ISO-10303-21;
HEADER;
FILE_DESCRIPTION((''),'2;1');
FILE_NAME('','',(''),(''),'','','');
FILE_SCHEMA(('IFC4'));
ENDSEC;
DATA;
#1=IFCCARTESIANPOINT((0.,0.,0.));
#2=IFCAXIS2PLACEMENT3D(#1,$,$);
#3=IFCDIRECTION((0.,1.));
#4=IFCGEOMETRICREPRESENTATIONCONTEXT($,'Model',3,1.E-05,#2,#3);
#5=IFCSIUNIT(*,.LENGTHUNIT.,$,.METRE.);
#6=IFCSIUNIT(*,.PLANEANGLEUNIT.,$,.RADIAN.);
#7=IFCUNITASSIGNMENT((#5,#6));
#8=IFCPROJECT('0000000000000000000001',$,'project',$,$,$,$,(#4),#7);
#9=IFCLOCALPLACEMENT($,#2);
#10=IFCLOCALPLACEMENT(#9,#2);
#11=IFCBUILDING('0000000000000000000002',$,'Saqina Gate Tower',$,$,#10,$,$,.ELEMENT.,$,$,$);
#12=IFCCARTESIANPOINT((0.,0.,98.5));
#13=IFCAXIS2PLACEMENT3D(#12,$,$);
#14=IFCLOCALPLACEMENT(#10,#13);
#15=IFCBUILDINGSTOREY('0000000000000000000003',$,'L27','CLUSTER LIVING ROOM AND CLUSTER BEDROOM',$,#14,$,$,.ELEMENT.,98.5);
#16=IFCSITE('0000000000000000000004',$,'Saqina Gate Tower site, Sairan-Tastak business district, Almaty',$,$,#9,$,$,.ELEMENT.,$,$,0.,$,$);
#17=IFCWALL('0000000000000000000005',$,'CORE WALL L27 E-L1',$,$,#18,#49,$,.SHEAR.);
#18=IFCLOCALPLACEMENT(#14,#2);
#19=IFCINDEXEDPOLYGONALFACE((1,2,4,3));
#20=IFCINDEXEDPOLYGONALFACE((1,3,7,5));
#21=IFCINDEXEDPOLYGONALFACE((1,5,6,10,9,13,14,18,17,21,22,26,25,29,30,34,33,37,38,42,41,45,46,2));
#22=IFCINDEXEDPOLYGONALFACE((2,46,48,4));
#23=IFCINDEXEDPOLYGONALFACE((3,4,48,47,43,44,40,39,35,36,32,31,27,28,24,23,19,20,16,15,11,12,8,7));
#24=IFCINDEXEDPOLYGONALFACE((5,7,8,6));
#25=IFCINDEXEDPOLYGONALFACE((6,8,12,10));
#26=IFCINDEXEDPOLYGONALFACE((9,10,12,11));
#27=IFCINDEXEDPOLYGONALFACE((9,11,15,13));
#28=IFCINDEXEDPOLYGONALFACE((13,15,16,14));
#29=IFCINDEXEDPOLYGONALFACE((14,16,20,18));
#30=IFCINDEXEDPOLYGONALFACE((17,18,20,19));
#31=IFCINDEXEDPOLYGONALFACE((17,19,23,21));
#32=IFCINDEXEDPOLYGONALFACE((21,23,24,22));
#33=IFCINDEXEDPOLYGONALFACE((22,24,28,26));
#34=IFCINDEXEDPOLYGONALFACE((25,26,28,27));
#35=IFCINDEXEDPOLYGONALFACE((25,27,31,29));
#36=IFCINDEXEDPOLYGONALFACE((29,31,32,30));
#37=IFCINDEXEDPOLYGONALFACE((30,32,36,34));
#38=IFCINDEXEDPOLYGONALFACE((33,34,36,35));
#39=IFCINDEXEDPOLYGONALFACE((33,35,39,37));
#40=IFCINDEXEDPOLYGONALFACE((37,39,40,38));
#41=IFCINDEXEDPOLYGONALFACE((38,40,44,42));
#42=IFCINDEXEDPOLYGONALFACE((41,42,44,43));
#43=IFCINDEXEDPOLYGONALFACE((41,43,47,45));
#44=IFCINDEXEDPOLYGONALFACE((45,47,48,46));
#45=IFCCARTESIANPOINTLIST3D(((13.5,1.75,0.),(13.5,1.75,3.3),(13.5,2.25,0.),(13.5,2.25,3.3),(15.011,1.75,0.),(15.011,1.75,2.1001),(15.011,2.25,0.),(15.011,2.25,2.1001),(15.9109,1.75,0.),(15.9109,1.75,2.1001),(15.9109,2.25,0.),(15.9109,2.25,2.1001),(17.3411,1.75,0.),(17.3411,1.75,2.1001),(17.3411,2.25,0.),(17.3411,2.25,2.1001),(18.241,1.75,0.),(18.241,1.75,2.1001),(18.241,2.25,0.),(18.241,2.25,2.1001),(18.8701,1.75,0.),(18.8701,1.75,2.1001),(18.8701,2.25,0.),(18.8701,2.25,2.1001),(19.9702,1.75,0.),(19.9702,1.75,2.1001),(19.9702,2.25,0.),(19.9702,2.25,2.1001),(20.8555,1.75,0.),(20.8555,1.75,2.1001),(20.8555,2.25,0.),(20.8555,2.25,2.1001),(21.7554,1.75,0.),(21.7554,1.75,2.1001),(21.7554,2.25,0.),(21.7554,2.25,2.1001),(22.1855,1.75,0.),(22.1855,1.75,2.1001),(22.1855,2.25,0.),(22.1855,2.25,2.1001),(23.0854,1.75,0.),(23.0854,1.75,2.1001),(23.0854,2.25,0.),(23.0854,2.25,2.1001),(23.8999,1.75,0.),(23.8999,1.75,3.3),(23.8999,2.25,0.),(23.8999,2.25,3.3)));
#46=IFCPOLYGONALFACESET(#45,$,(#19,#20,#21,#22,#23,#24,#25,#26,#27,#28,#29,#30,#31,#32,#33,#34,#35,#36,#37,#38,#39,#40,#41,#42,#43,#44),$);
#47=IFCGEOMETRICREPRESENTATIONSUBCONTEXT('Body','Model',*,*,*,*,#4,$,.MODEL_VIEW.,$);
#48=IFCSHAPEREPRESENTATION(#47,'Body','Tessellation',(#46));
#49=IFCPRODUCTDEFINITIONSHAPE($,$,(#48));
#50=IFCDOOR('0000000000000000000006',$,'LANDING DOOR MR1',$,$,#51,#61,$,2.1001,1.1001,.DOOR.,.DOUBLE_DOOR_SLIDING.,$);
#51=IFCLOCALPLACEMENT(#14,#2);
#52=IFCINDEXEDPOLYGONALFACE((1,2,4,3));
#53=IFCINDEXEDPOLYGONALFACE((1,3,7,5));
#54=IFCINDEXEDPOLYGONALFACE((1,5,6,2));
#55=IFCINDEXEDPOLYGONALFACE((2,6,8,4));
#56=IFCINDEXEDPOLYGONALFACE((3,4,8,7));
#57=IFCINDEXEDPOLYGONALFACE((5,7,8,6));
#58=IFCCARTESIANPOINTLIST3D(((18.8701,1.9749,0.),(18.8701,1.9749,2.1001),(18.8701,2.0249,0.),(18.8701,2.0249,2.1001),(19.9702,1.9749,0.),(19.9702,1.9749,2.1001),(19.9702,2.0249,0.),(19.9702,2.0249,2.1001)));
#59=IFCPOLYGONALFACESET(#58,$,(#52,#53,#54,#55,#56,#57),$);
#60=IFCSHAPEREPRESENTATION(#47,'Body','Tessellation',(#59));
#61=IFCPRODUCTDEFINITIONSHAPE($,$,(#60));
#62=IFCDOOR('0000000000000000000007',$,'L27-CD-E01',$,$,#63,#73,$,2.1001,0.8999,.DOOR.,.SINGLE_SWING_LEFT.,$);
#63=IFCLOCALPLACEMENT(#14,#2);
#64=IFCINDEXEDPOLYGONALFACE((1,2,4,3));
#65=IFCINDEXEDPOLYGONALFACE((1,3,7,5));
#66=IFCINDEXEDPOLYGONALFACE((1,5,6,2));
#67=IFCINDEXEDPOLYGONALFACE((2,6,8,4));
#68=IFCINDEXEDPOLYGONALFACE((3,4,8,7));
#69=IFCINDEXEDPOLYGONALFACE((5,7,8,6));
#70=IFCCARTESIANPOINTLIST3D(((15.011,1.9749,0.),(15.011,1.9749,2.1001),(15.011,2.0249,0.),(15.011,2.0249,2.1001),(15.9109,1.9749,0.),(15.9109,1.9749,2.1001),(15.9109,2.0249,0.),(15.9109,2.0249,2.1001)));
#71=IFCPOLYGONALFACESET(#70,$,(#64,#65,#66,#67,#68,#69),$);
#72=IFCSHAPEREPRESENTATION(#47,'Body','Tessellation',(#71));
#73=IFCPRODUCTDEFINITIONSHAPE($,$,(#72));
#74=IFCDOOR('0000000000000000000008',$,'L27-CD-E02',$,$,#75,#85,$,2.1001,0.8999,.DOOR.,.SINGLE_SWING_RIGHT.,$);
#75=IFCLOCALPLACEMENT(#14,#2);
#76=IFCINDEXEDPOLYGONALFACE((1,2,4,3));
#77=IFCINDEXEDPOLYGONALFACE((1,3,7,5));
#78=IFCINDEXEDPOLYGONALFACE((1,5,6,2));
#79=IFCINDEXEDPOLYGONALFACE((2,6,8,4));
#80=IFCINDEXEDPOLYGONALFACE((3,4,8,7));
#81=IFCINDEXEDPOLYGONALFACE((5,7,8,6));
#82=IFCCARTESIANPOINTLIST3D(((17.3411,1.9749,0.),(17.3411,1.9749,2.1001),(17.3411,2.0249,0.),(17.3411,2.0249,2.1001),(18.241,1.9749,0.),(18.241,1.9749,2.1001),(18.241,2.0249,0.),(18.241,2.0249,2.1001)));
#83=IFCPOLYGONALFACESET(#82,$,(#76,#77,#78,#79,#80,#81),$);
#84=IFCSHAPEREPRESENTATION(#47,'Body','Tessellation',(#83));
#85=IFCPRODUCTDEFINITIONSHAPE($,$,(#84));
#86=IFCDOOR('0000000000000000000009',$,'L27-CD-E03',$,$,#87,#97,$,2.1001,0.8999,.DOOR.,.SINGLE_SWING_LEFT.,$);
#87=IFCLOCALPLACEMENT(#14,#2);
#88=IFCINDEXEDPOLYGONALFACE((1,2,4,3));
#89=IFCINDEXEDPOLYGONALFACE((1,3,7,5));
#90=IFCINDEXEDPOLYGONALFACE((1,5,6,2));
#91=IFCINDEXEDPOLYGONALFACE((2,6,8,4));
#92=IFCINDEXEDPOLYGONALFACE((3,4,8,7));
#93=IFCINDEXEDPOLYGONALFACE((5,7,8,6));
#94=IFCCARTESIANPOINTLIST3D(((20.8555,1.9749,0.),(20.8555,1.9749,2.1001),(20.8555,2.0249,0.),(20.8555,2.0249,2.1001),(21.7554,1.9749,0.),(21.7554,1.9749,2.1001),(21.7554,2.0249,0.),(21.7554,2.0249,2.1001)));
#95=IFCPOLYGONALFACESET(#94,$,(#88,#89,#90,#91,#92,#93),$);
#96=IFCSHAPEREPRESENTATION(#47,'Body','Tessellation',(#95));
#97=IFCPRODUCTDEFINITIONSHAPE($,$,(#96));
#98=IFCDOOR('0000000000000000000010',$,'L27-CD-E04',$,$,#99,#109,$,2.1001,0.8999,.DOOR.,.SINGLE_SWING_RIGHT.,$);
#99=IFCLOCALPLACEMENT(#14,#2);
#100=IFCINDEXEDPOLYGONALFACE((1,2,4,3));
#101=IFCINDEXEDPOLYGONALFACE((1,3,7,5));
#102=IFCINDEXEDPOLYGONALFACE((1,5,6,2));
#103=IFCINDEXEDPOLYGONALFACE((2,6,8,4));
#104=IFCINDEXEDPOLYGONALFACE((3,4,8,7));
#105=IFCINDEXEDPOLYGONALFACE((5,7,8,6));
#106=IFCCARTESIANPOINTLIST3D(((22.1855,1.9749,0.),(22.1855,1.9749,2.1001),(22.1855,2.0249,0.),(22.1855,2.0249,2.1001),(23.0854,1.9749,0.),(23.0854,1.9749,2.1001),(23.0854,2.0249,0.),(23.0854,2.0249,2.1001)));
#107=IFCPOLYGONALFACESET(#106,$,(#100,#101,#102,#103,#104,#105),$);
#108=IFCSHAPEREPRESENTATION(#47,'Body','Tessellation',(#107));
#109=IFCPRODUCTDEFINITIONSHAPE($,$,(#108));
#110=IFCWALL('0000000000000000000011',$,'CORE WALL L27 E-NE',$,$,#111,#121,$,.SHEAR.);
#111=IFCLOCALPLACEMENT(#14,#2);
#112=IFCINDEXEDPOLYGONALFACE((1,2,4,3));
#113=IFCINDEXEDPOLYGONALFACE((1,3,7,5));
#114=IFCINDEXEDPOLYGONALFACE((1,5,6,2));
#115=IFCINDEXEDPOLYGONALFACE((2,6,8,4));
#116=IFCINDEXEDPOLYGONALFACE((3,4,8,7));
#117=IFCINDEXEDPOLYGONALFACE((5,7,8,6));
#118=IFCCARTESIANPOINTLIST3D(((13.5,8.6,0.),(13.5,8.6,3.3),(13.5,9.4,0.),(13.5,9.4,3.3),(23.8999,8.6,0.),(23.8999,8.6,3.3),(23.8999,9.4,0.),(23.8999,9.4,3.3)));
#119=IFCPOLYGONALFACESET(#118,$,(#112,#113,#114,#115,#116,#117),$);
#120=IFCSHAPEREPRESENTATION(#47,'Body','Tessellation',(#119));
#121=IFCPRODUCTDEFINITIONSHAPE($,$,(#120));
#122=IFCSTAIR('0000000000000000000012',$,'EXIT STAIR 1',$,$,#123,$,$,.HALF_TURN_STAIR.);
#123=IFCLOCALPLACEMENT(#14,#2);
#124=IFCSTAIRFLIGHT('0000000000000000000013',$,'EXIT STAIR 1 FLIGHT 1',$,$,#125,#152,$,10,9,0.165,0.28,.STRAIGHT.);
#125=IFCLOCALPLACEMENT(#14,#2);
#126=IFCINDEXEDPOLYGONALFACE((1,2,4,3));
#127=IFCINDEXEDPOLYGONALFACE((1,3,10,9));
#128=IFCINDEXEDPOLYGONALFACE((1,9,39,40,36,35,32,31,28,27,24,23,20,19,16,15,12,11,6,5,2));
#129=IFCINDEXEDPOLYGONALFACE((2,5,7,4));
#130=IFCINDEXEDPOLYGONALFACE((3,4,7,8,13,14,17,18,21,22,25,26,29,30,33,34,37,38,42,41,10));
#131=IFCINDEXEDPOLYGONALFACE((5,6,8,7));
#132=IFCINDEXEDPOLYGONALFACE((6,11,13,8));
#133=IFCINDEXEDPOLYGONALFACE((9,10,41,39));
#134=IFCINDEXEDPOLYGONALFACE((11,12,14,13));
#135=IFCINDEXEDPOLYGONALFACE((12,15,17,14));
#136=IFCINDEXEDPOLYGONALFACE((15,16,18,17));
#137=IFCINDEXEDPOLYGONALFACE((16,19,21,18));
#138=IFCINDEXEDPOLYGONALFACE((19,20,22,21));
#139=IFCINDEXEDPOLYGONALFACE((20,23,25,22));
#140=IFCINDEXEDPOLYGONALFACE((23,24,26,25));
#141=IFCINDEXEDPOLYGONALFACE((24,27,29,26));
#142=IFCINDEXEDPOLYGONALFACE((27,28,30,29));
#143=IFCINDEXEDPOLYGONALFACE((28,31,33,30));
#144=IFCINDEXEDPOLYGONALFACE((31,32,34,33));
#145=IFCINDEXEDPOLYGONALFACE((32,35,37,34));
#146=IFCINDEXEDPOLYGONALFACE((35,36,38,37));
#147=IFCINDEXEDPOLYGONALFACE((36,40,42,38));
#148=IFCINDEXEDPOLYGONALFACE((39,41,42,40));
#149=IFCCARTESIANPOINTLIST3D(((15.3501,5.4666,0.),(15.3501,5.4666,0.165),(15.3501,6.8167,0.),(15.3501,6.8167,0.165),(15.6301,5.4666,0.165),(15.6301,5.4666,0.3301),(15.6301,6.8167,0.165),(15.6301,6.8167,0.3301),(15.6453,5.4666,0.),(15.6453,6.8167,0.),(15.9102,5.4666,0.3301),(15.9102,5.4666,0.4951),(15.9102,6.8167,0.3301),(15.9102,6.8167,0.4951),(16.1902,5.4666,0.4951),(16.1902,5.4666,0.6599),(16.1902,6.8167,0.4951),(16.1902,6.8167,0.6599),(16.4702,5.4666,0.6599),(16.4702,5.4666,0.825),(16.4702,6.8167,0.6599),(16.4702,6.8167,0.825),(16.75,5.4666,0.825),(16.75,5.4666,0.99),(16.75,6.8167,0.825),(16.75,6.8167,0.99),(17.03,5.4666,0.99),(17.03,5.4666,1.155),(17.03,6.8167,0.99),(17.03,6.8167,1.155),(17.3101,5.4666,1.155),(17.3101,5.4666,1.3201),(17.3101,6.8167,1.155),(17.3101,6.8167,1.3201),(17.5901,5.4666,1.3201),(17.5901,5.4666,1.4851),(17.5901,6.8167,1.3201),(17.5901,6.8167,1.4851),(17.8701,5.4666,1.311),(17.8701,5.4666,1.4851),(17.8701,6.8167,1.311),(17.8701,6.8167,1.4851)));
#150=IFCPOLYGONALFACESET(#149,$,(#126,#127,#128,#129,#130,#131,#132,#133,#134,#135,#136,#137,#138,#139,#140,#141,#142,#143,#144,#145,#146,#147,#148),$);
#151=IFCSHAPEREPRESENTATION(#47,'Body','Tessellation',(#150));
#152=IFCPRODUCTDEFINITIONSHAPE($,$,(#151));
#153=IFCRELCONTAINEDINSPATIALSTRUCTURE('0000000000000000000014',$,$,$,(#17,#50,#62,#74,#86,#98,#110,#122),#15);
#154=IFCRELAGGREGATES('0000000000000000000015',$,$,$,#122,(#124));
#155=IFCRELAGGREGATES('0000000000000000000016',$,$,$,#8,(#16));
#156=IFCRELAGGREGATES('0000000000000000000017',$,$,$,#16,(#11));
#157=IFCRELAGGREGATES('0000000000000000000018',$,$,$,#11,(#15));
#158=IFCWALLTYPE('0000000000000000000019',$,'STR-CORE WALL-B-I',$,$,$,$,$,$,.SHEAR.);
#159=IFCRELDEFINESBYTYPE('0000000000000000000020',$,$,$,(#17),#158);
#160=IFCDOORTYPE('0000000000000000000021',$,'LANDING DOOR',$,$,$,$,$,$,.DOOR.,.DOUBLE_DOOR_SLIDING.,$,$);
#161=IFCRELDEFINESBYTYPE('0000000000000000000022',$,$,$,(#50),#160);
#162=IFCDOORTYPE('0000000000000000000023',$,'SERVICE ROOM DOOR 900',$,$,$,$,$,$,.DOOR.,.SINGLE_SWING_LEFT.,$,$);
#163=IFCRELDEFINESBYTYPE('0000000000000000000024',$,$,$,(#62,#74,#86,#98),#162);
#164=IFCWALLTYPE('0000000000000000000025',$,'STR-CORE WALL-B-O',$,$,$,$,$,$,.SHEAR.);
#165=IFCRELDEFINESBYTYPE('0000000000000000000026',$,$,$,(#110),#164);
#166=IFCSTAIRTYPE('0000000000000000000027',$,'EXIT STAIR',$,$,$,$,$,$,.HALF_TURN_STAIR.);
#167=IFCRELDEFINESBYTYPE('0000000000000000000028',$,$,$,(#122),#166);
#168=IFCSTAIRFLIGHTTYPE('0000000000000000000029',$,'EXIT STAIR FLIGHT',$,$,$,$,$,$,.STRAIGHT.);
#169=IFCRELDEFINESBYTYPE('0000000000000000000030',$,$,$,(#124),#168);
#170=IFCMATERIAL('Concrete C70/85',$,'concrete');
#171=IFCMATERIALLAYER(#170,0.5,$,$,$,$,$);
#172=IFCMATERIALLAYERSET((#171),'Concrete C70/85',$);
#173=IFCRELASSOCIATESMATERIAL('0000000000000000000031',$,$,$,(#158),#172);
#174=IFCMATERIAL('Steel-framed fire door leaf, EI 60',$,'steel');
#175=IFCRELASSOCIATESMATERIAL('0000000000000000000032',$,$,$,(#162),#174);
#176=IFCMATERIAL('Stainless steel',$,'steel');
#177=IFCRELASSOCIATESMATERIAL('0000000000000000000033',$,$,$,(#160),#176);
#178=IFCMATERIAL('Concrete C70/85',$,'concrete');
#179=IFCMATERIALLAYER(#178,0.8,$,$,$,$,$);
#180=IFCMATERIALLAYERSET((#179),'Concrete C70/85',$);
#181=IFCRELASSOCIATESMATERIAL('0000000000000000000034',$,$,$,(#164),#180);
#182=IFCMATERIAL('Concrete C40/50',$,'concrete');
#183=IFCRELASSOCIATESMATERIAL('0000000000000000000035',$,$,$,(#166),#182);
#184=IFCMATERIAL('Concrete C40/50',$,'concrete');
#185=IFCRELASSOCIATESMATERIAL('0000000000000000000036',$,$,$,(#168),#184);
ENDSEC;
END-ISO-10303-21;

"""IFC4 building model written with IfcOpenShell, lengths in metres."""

from ifc_helpers import new_model, si_unit, direction, frame, frame_2d, origin, place, context, subcontext, project, spatial, polyline, rectangle, outline, extrude, material, layer, layer_set, type_object, element, fill, aggregate, save


model = new_model("IFC4")

# Units and contexts
model_context = context("Model", 3, precision=1e-05, world=origin(), true_north=direction((0.0, 1.0)))
body_context = subcontext(model_context, "Body", "Model", "MODEL_VIEW")
ifc_project = project(units=[si_unit("LENGTHUNIT", "METRE"), si_unit("PLANEANGLEUNIT", "RADIAN")], contexts=[model_context])

# Site, building, storey
site_placement = place(None, origin())
site = spatial("IfcSite", under=ifc_project, at=site_placement, Name="Saqina Gate Tower site, Sairan-Tastak business district, Almaty", CompositionType="ELEMENT", RefElevation=0.0)
building_placement = place(site_placement, origin())
building = spatial("IfcBuilding", under=site, at=building_placement, Name="Saqina Gate Tower", CompositionType="ELEMENT")
storey_placement = place(building_placement, frame((0.0, 0.0, 98.5)))
storey = spatial("IfcBuildingStorey", under=building, at=storey_placement, Name="L27", Description="CLUSTER LIVING ROOM AND CLUSTER BEDROOM", CompositionType="ELEMENT", Elevation=98.5)

# Shared definitions
ifc_material_1 = material(Name="Concrete C70/85", Category="concrete")
ifc_layer_1 = layer(ifc_material_1, 0.5)
ifc_layer_set_1 = layer_set([ifc_layer_1], Name="Concrete C70/85")
wall_type_1 = type_object("IfcWallType", Name="STR-CORE WALL-B-I", PredefinedType="SHEAR", material=ifc_layer_set_1)
ifc_material_2 = material(Name="Steel-framed fire door leaf, EI 60", Category="steel")
door_type_1 = type_object("IfcDoorType", Name="SERVICE ROOM DOOR 900", OperationType="SINGLE_SWING_LEFT", PredefinedType="DOOR", material=ifc_material_2)

# Wall, openings, doors
wall_1_placement = place(storey_placement, frame((13.5, 2.0, 0.0), z_axis=(0.0, 0.0, 1.0), x_axis=(1.0, 0.0, 0.0)))
wall_1 = element("IfcWall", 1, at=wall_1_placement, inside=storey, type_object=wall_type_1, Name="CORE WALL L27 E-L1", PredefinedType="SHEAR", context=body_context, shape_type="SweptSolid", body=[
    extrude(rectangle(XDim=10.3999, YDim=0.5, at=frame_2d((5.2, 0.0))), origin(), (0.0, 0.0, 1.0), 3.3),
])
opening_1_placement = place(wall_1_placement, frame((5.3701, 0.0, 0.0)))
opening_1 = element("IfcOpeningElement", 2, at=opening_1_placement, cuts=wall_1, PredefinedType="OPENING", context=body_context, shape_type="SweptSolid", body=[
    extrude(rectangle(XDim=1.1001, YDim=2.1001, at=frame_2d((0.55, 1.05))), frame((0.0, 0.262, 0.0), z_axis=(0.0, -1.0, 0.0), x_axis=(1.0, 0.0, 0.0)), (0.0, 0.0, 1.0), 0.5239),
])
opening_2_placement = place(wall_1_placement, frame((1.511, 0.0, 0.0)))
opening_2 = element("IfcOpeningElement", 3, at=opening_2_placement, cuts=wall_1, PredefinedType="OPENING", context=body_context, shape_type="SweptSolid", body=[
    extrude(rectangle(XDim=0.8999, YDim=2.1001, at=frame_2d((0.45, 1.05))), frame((0.0, 0.262, 0.0), z_axis=(0.0, -1.0, 0.0), x_axis=(1.0, 0.0, 0.0)), (0.0, 0.0, 1.0), 0.5239),
])
opening_3_placement = place(wall_1_placement, frame((3.8411, 0.0, 0.0)))
opening_3 = element("IfcOpeningElement", 4, at=opening_3_placement, cuts=wall_1, PredefinedType="OPENING", context=body_context, shape_type="SweptSolid", body=[
    extrude(rectangle(XDim=0.8999, YDim=2.1001, at=frame_2d((0.45, 1.05))), frame((0.0, 0.262, 0.0), z_axis=(0.0, -1.0, 0.0), x_axis=(1.0, 0.0, 0.0)), (0.0, 0.0, 1.0), 0.5239),
])
opening_4_placement = place(wall_1_placement, frame((7.3555, 0.0, 0.0)))
opening_4 = element("IfcOpeningElement", 5, at=opening_4_placement, cuts=wall_1, PredefinedType="OPENING", context=body_context, shape_type="SweptSolid", body=[
    extrude(rectangle(XDim=0.8999, YDim=2.1001, at=frame_2d((0.45, 1.05))), frame((0.0, 0.262, 0.0), z_axis=(0.0, -1.0, 0.0), x_axis=(1.0, 0.0, 0.0)), (0.0, 0.0, 1.0), 0.5239),
])
opening_5_placement = place(wall_1_placement, frame((8.6855, 0.0, 0.0)))
opening_5 = element("IfcOpeningElement", 6, at=opening_5_placement, cuts=wall_1, PredefinedType="OPENING", context=body_context, shape_type="SweptSolid", body=[
    extrude(rectangle(XDim=0.8999, YDim=2.1001, at=frame_2d((0.45, 1.05))), frame((0.0, 0.262, 0.0), z_axis=(0.0, -1.0, 0.0), x_axis=(1.0, 0.0, 0.0)), (0.0, 0.0, 1.0), 0.5239),
])
ifc_material_3 = material(Name="Stainless steel", Category="steel")
door_type_2 = type_object("IfcDoorType", Name="LANDING DOOR", OperationType="DOUBLE_DOOR_SLIDING", PredefinedType="DOOR", material=ifc_material_3)
door_1_placement = place(opening_1_placement, origin())
door_1 = element("IfcDoor", 7, at=door_1_placement, inside=storey, type_object=door_type_2, Name="LANDING DOOR MR1", OperationType="DOUBLE_DOOR_SLIDING", OverallHeight=2.1001, OverallWidth=1.1001, PredefinedType="DOOR", context=body_context, shape_type="SweptSolid", body=[
    extrude(rectangle(XDim=1.1001, YDim=2.1001, at=frame_2d((0.55, 1.05))), frame((0.0, 0.0249, 0.0), z_axis=(0.0, -1.0, 0.0), x_axis=(1.0, 0.0, 0.0)), (0.0, 0.0, 1.0), 0.05),
])
fill(opening_1, door_1)
door_2_placement = place(opening_2_placement, origin())
door_2 = element("IfcDoor", 8, at=door_2_placement, inside=storey, type_object=door_type_1, Name="L27-CD-E01", OperationType="SINGLE_SWING_LEFT", OverallHeight=2.1001, OverallWidth=0.8999, PredefinedType="DOOR", context=body_context, shape_type="SweptSolid", body=[
    extrude(rectangle(XDim=0.8999, YDim=2.1001, at=frame_2d((0.45, 1.05))), frame((0.0, 0.0249, 0.0), z_axis=(0.0, -1.0, 0.0), x_axis=(1.0, 0.0, 0.0)), (0.0, 0.0, 1.0), 0.05),
])
fill(opening_2, door_2)
door_3_placement = place(opening_3_placement, origin())
door_3 = element("IfcDoor", 9, at=door_3_placement, inside=storey, type_object=door_type_1, Name="L27-CD-E02", OperationType="SINGLE_SWING_RIGHT", OverallHeight=2.1001, OverallWidth=0.8999, PredefinedType="DOOR", context=body_context, shape_type="SweptSolid", body=[
    extrude(rectangle(XDim=0.8999, YDim=2.1001, at=frame_2d((0.45, 1.05))), frame((0.0, 0.0249, 0.0), z_axis=(0.0, -1.0, 0.0), x_axis=(1.0, 0.0, 0.0)), (0.0, 0.0, 1.0), 0.05),
])
fill(opening_3, door_3)
door_4_placement = place(opening_4_placement, origin())
door_4 = element("IfcDoor", 10, at=door_4_placement, inside=storey, type_object=door_type_1, Name="L27-CD-E03", OperationType="SINGLE_SWING_LEFT", OverallHeight=2.1001, OverallWidth=0.8999, PredefinedType="DOOR", context=body_context, shape_type="SweptSolid", body=[
    extrude(rectangle(XDim=0.8999, YDim=2.1001, at=frame_2d((0.45, 1.05))), frame((0.0, 0.0249, 0.0), z_axis=(0.0, -1.0, 0.0), x_axis=(1.0, 0.0, 0.0)), (0.0, 0.0, 1.0), 0.05),
])
fill(opening_4, door_4)
door_5_placement = place(opening_5_placement, origin())
door_5 = element("IfcDoor", 11, at=door_5_placement, inside=storey, type_object=door_type_1, Name="L27-CD-E04", OperationType="SINGLE_SWING_RIGHT", OverallHeight=2.1001, OverallWidth=0.8999, PredefinedType="DOOR", context=body_context, shape_type="SweptSolid", body=[
    extrude(rectangle(XDim=0.8999, YDim=2.1001, at=frame_2d((0.45, 1.05))), frame((0.0, 0.0249, 0.0), z_axis=(0.0, -1.0, 0.0), x_axis=(1.0, 0.0, 0.0)), (0.0, 0.0, 1.0), 0.05),
])
fill(opening_5, door_5)

# Wall
ifc_material_4 = material(Name="Concrete C70/85", Category="concrete")
ifc_layer_2 = layer(ifc_material_4, 0.8)
ifc_layer_set_2 = layer_set([ifc_layer_2], Name="Concrete C70/85")
wall_type_2 = type_object("IfcWallType", Name="STR-CORE WALL-B-O", PredefinedType="SHEAR", material=ifc_layer_set_2)
wall_2_placement = place(storey_placement, frame((13.5, 9.0, 0.0), z_axis=(0.0, 0.0, 1.0), x_axis=(1.0, 0.0, 0.0)))
element("IfcWall", 12, at=wall_2_placement, inside=storey, type_object=wall_type_2, Name="CORE WALL L27 E-NE", PredefinedType="SHEAR", context=body_context, shape_type="SweptSolid", body=[
    extrude(rectangle(XDim=10.3999, YDim=0.8, at=frame_2d((5.2, 0.0))), origin(), (0.0, 0.0, 1.0), 3.3),
])

# Stair, stair flight
ifc_material_5 = material(Name="Concrete C40/50", Category="concrete")
stair_type = type_object("IfcStairType", Name="EXIT STAIR", PredefinedType="HALF_TURN_STAIR", material=ifc_material_5)
stair_placement = place(storey_placement, origin())
stair = element("IfcStair", 13, at=stair_placement, inside=storey, type_object=stair_type, Name="EXIT STAIR 1", PredefinedType="HALF_TURN_STAIR")
ifc_material_6 = material(Name="Concrete C40/50", Category="concrete")
stair_flight_type = type_object("IfcStairFlightType", Name="EXIT STAIR FLIGHT", PredefinedType="STRAIGHT", material=ifc_material_6)
stair_flight_1_placement = place(storey_placement, frame((15.3501, 6.1416, 0.0), z_axis=(0.0, 0.0, 1.0), x_axis=(1.0, 0.0, 0.0)))
stair_flight_1 = element("IfcStairFlight", 14, at=stair_flight_1_placement, type_object=stair_flight_type, Name="EXIT STAIR 1 FLIGHT 1", NumberOfRisers=10, NumberOfTreads=9, PredefinedType="STRAIGHT", RiserHeight=0.165, TreadLength=0.28, context=body_context, shape_type="SweptSolid", body=[
    extrude(outline(polyline([(0.0, 0.0), (0.0, 0.165), (0.28, 0.165), (0.28, 0.3301), (0.5601, 0.3301), (0.5601, 0.4951), (0.8401, 0.4951), (0.8401, 0.6599), (1.1201, 0.6599), (1.1201, 0.825), (1.3999, 0.825), (1.3999, 0.99), (1.6799, 0.99), (1.6799, 1.155), (1.96, 1.155), (1.96, 1.3201), (2.24, 1.3201), (2.24, 1.4851), (2.52, 1.4851), (2.52, 1.6499), (2.52, 1.311), (0.2952, 0.0), (0.0, 0.0)])), frame((0.0, 0.675, 0.0), z_axis=(0.0, -1.0, 0.0), x_axis=(1.0, 0.0, 0.0)), (0.0, 0.0, 1.0), 1.3501),
])
aggregate(stair, [stair_flight_1])

save(model, "model.ifc")
